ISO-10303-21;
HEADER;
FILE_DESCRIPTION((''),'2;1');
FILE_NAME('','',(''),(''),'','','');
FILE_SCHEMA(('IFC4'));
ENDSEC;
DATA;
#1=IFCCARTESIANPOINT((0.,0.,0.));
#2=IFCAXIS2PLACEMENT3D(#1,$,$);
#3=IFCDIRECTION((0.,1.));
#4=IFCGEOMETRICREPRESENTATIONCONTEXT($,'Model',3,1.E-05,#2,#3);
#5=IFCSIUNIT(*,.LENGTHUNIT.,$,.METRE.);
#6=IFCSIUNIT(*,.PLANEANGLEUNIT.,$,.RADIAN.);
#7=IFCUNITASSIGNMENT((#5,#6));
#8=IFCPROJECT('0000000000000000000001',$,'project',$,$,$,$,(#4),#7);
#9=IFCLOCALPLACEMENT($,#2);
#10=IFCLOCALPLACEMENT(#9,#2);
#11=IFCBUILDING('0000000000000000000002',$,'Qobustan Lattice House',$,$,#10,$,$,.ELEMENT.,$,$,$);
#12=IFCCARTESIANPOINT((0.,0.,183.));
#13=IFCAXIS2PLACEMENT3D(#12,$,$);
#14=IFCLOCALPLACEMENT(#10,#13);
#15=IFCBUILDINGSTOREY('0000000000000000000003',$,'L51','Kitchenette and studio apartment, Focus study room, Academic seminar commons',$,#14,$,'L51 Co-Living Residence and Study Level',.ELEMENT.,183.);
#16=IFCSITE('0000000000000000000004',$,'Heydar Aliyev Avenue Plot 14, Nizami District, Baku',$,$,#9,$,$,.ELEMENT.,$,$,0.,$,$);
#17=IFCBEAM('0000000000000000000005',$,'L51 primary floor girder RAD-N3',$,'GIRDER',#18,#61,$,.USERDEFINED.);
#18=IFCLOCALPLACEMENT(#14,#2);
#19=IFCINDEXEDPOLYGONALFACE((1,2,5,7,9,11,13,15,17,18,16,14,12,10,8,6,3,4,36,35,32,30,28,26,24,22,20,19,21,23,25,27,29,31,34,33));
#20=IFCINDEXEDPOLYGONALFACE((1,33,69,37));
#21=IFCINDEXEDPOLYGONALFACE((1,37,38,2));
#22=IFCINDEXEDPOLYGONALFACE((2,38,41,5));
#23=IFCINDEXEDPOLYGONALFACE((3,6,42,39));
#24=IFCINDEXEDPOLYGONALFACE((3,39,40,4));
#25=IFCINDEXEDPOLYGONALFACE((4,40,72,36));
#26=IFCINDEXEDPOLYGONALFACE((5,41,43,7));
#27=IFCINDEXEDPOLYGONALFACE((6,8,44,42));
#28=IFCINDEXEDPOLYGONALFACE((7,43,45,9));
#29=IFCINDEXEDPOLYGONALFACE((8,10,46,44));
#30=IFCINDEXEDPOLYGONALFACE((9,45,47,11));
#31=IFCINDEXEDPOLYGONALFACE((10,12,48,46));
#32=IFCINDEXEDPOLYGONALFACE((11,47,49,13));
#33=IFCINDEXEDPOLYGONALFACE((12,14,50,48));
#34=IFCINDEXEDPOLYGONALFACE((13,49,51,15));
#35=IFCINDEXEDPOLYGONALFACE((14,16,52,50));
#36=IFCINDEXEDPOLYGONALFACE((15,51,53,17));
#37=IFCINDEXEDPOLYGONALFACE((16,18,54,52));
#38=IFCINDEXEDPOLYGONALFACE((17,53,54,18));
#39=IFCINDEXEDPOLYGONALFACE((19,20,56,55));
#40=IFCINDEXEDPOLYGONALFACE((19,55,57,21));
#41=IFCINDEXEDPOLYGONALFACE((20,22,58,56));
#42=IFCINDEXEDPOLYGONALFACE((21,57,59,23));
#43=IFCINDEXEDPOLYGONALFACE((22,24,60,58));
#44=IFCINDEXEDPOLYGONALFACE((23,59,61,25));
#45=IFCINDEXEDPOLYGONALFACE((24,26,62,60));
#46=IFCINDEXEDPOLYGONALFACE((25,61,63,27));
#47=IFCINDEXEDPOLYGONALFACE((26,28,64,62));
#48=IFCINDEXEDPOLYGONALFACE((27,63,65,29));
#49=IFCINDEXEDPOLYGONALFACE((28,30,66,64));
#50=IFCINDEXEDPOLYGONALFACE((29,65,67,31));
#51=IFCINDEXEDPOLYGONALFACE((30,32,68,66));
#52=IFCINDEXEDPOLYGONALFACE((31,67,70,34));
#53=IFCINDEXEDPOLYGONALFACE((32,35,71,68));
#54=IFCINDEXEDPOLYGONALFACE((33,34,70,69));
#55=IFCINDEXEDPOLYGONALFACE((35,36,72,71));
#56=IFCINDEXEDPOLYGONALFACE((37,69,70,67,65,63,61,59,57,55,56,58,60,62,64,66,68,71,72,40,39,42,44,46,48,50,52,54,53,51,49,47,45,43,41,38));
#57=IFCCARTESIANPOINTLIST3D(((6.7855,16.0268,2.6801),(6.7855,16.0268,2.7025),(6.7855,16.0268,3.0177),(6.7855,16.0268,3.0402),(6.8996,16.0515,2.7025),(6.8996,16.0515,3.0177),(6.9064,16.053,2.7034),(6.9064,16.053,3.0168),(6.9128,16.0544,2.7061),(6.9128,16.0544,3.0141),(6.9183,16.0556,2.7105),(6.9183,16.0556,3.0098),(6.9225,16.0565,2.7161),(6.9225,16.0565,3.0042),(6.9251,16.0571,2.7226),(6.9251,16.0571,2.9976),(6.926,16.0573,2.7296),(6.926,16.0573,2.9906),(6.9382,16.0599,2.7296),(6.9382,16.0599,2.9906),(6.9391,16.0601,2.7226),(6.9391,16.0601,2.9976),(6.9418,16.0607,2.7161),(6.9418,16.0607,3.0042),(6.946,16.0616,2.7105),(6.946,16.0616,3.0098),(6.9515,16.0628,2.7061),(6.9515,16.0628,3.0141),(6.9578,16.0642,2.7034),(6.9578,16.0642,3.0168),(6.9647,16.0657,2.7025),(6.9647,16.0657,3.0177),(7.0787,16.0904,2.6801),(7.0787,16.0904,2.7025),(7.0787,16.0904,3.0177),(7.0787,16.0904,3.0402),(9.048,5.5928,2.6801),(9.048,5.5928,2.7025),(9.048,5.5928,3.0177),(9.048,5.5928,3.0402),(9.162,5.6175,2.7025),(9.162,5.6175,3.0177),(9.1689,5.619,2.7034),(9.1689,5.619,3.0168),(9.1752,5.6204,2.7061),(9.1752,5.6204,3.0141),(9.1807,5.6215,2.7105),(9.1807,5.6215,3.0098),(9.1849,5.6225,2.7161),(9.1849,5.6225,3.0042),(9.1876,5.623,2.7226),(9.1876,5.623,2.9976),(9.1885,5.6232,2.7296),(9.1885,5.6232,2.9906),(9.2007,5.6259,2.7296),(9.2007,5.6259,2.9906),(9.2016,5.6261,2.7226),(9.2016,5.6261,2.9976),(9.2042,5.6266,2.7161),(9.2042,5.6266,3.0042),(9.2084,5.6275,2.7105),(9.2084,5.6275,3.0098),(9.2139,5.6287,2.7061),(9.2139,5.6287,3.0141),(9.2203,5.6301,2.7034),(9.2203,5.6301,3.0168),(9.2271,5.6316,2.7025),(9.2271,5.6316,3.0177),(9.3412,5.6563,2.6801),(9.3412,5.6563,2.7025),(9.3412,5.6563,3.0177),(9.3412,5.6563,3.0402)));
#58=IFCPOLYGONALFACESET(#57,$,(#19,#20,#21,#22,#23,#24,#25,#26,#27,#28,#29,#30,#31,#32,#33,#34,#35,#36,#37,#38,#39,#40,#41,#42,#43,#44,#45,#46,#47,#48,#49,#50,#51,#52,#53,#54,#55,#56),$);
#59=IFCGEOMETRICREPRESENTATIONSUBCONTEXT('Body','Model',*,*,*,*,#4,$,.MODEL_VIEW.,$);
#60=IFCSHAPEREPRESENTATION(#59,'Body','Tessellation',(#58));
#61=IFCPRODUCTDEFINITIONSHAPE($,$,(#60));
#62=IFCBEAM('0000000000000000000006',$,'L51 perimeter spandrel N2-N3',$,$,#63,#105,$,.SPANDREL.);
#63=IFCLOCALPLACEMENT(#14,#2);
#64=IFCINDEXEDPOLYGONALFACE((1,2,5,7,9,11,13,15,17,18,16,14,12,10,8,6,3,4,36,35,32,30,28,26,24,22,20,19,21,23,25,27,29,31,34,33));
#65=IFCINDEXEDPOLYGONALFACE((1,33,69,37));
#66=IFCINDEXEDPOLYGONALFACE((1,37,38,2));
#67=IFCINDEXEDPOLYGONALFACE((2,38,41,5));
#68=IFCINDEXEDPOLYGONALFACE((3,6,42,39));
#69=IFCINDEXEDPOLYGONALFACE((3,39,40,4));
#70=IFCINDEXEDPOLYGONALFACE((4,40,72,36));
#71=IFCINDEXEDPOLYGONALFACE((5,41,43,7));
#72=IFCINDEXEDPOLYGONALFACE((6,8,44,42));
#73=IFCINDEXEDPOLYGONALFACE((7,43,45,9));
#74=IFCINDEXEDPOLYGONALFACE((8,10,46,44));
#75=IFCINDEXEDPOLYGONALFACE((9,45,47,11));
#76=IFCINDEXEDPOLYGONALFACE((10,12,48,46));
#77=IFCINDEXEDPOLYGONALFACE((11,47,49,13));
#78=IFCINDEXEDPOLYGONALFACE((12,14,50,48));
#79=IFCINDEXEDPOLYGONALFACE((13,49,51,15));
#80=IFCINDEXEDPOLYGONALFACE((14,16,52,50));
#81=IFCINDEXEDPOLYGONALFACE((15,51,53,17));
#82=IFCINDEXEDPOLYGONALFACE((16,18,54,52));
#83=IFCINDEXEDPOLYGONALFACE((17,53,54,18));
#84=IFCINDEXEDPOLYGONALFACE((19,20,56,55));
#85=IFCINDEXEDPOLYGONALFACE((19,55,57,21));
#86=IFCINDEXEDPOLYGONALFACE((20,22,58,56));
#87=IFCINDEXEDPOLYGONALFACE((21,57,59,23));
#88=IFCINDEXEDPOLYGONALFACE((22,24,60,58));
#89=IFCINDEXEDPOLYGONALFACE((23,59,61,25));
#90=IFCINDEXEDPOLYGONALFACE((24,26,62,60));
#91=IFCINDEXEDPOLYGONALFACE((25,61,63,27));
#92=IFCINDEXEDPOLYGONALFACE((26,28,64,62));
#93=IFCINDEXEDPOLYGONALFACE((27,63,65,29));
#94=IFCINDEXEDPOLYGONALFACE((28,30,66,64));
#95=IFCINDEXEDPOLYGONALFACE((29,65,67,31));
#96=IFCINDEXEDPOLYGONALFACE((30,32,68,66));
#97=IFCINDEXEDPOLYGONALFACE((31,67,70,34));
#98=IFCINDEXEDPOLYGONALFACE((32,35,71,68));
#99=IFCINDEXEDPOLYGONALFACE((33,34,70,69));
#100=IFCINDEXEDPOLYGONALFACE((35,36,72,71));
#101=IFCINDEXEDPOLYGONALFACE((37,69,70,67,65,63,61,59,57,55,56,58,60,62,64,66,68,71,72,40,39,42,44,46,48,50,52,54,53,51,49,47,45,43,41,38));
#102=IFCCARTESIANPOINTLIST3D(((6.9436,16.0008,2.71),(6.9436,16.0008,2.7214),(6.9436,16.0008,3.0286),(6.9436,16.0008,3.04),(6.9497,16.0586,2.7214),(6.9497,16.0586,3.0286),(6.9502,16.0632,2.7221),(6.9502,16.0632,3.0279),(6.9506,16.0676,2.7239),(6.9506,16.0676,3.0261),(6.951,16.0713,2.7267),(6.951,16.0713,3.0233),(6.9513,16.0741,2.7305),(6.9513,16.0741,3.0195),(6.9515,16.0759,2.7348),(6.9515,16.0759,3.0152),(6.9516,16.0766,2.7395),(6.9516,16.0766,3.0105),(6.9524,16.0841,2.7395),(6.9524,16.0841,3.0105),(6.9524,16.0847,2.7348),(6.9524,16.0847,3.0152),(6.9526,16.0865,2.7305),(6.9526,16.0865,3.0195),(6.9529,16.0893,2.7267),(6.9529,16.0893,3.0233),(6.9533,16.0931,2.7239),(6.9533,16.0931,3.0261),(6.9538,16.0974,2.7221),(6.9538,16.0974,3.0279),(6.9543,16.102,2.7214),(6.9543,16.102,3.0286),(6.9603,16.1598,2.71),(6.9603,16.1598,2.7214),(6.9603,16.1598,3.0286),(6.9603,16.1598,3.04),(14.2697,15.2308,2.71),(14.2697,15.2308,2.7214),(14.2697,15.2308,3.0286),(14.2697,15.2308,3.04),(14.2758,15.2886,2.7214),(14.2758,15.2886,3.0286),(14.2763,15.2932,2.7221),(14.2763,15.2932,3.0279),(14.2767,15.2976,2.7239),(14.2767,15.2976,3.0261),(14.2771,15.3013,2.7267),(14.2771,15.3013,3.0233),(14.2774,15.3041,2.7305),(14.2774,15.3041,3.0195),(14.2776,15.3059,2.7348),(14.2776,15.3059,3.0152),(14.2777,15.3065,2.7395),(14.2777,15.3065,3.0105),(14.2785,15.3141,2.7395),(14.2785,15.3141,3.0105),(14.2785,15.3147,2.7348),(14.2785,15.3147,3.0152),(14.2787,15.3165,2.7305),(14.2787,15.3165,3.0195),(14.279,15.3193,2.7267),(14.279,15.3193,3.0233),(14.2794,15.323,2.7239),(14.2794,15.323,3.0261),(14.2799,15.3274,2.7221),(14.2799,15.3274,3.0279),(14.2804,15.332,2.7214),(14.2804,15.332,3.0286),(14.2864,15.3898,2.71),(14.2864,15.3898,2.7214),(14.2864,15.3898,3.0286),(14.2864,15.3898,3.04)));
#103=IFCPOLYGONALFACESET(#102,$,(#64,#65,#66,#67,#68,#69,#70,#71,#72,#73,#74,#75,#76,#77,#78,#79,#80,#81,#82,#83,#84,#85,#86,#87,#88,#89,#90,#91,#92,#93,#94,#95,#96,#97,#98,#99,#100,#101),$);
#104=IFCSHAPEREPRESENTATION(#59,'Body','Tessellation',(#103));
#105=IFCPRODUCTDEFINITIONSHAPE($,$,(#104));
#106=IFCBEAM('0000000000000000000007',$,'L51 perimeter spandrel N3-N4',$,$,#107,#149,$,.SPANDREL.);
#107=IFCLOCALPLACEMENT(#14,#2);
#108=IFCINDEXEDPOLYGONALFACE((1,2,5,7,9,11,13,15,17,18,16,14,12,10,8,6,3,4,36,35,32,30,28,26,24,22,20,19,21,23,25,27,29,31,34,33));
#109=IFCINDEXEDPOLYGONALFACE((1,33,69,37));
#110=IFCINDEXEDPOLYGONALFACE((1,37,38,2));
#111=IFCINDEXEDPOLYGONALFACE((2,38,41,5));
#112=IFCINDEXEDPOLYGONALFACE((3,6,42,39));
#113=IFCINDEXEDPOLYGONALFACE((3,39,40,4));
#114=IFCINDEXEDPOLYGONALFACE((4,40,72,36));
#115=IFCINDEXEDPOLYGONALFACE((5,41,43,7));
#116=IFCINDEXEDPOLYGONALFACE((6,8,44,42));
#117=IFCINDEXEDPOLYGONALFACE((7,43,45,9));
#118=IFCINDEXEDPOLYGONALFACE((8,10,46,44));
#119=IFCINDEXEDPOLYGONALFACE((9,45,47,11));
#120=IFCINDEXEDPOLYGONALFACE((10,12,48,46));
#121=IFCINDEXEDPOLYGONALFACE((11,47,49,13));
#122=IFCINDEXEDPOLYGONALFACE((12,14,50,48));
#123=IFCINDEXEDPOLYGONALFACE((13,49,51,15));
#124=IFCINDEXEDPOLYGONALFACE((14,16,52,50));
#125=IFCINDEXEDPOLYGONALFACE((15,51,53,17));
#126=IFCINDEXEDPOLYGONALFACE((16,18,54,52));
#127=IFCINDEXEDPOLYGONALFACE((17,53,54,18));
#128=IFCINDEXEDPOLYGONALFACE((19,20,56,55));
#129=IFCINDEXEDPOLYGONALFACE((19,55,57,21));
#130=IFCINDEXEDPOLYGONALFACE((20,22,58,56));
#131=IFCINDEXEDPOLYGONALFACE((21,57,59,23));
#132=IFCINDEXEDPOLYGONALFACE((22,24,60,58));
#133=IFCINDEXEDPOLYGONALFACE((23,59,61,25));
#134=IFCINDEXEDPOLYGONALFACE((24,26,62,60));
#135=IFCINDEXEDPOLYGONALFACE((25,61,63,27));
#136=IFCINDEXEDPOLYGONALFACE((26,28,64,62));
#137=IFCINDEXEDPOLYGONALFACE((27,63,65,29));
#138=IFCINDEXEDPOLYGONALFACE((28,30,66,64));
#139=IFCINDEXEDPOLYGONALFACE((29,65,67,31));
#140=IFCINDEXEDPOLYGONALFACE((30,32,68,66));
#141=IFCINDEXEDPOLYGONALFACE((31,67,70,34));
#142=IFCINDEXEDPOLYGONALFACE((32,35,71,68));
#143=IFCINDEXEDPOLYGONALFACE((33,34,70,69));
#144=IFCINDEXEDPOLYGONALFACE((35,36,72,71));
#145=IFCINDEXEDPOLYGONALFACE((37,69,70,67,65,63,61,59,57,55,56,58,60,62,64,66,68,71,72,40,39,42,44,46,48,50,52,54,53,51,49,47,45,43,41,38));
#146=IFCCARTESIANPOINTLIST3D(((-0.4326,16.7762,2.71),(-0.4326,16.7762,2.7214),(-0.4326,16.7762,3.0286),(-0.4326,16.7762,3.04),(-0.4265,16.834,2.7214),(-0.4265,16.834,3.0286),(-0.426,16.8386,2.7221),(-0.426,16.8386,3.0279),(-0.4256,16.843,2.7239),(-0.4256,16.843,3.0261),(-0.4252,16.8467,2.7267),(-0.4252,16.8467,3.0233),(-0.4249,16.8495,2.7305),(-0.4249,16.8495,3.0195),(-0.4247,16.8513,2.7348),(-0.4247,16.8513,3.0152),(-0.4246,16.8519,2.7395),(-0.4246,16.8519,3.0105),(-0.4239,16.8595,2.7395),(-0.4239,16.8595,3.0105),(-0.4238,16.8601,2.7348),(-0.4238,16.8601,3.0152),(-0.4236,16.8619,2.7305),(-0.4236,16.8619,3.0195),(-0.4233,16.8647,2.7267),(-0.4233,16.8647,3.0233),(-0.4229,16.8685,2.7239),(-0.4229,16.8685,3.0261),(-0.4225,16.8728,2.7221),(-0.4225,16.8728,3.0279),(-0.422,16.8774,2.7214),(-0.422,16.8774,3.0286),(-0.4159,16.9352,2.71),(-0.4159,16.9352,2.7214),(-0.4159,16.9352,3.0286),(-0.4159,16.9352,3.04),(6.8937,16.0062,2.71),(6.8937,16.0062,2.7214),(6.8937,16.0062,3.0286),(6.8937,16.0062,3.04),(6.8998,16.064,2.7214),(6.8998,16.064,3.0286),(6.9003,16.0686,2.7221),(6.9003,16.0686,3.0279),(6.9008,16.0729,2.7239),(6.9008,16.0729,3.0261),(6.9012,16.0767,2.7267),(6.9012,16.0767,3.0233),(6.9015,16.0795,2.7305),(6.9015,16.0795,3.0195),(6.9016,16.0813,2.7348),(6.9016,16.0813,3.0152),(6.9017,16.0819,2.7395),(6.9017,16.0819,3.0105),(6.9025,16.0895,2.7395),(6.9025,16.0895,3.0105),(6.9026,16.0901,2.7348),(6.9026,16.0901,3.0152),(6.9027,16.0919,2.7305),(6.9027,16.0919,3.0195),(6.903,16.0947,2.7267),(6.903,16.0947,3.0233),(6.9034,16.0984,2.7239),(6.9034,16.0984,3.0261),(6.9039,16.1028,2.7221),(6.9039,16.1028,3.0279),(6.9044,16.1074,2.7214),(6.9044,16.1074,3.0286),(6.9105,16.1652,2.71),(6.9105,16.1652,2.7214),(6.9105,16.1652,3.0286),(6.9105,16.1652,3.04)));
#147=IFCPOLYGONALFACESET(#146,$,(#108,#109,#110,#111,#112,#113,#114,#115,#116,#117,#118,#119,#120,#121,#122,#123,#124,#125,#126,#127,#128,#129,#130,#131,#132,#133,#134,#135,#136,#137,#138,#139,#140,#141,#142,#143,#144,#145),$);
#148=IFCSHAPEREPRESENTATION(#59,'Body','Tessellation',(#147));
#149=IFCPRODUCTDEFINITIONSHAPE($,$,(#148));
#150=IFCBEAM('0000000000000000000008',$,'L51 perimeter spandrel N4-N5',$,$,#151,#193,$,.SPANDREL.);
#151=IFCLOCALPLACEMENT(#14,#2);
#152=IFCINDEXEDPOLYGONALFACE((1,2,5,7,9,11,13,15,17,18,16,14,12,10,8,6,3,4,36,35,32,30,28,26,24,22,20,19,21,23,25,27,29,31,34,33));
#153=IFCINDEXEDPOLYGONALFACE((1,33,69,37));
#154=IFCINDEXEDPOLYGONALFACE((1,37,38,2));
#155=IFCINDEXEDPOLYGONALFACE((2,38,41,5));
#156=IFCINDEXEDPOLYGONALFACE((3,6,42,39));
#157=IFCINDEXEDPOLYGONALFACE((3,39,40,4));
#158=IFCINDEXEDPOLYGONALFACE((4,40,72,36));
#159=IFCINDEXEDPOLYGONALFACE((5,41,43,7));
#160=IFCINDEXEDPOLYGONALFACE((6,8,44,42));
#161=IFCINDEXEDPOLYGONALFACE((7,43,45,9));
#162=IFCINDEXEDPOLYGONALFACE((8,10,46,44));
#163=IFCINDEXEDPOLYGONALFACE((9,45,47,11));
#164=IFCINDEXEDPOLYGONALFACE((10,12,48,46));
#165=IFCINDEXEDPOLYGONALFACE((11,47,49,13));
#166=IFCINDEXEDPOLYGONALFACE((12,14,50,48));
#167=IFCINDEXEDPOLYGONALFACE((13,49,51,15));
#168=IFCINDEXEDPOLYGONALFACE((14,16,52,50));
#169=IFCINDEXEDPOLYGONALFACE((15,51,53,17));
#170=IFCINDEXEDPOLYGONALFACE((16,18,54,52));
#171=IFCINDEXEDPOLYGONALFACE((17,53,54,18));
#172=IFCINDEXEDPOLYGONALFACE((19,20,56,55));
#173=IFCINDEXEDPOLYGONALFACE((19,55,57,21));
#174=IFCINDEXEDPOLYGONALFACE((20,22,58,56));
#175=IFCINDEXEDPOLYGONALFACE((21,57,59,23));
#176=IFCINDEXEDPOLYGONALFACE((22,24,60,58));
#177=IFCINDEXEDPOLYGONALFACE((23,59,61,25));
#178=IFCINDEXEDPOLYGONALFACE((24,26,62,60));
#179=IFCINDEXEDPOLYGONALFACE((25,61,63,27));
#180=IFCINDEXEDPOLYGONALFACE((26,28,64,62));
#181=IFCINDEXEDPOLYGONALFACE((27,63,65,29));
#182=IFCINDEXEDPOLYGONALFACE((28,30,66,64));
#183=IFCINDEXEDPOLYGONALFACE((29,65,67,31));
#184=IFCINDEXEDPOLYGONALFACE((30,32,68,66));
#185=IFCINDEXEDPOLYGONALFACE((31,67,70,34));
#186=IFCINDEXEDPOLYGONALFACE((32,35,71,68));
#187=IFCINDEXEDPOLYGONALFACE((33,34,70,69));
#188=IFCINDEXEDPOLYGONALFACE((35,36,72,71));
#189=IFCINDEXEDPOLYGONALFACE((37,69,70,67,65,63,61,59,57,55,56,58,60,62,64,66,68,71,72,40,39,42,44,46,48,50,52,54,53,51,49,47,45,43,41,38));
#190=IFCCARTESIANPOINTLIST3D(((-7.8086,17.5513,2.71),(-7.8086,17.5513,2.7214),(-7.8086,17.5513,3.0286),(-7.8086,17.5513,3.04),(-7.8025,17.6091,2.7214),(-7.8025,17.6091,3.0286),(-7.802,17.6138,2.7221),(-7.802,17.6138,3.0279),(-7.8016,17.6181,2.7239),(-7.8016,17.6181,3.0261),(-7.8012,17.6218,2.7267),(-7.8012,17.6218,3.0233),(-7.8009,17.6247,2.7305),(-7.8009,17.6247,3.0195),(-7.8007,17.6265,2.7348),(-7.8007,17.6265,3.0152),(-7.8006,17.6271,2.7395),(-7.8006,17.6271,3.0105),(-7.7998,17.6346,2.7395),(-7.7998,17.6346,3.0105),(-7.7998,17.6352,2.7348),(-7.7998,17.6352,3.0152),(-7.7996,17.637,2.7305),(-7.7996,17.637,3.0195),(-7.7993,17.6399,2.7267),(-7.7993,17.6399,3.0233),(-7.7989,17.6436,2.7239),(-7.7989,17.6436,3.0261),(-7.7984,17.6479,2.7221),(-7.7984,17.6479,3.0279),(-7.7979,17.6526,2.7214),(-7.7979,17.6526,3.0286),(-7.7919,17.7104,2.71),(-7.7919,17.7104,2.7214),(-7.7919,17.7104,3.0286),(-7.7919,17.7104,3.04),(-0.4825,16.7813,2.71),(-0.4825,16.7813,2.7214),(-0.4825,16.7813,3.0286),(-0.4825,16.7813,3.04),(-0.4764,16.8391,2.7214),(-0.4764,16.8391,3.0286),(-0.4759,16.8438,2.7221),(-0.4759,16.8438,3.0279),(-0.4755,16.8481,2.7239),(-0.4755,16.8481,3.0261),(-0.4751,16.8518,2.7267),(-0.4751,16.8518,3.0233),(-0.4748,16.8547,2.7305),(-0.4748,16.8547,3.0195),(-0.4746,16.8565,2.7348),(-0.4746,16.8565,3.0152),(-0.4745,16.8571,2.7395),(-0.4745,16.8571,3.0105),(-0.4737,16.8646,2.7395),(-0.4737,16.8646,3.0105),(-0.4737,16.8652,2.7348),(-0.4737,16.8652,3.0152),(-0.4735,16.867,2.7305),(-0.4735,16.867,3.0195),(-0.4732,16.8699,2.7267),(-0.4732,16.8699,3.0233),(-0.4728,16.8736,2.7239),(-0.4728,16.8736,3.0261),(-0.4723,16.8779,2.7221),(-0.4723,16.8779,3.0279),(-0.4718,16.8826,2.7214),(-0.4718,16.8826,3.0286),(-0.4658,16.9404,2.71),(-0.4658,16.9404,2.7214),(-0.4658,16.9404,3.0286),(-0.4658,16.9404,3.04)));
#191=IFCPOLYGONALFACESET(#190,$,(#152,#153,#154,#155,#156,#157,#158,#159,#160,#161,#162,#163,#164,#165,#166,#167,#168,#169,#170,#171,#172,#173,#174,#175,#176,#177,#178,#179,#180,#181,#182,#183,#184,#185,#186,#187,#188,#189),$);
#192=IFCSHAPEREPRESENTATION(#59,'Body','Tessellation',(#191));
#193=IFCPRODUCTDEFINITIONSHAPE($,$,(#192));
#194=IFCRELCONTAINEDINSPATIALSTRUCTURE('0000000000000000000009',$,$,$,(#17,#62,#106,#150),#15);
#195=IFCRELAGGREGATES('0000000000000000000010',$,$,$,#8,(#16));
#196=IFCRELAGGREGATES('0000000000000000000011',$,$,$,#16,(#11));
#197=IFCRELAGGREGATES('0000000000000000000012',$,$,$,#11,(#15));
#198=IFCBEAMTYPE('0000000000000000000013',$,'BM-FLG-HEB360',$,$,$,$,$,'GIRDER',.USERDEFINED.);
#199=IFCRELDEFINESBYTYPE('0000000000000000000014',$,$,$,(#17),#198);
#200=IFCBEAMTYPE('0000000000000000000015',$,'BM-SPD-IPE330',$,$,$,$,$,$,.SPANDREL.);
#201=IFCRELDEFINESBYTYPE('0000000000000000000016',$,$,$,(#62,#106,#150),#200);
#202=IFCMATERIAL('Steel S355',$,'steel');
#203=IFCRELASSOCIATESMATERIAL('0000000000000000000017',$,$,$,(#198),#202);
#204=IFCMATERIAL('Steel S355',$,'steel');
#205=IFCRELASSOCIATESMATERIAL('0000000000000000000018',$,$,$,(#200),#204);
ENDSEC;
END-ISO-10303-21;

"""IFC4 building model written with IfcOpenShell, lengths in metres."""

from ifc_helpers import new_model, si_unit, direction, frame, origin, origin_2d, place, context, subcontext, project, spatial, i_section, extrude, material, material_profile, profile_set, type_object, element, save


model = new_model("IFC4")

# Units and contexts
model_context = context("Model", 3, precision=1e-05, world=origin(), true_north=direction((0.0, 1.0)))
body_context = subcontext(model_context, "Body", "Model", "MODEL_VIEW")
ifc_project = project(units=[si_unit("LENGTHUNIT", "METRE"), si_unit("PLANEANGLEUNIT", "RADIAN")], contexts=[model_context])

# Site, building, storey
site_placement = place(None, origin())
site = spatial("IfcSite", under=ifc_project, at=site_placement, Name="Heydar Aliyev Avenue Plot 14, Nizami District, Baku", CompositionType="ELEMENT", RefElevation=0.0)
building_placement = place(site_placement, origin())
building = spatial("IfcBuilding", under=site, at=building_placement, Name="Qobustan Lattice House", CompositionType="ELEMENT")
storey_placement = place(building_placement, frame((0.0, 0.0, 183.0)))
storey = spatial("IfcBuildingStorey", under=building, at=storey_placement, Name="L51", Description="Kitchenette and studio apartment, Focus study room, Academic seminar commons", LongName="L51 Co-Living Residence and Study Level", CompositionType="ELEMENT", Elevation=183.0)

# Beams
ifc_material_1 = material(Name="Steel S355", Category="steel")
ifc_material_profile_1 = material_profile(ifc_material_1, i_section(OverallWidth=0.3, OverallDepth=0.3601, WebThickness=0.0125, FlangeThickness=0.0225, FilletRadius=0.0271, at=origin_2d()), Name="HEB360")
ifc_profile_set_1 = profile_set([ifc_material_profile_1], Name="Steel S355")
beam_type_1 = type_object("IfcBeamType", Name="BM-FLG-HEB360", ElementType="GIRDER", PredefinedType="USERDEFINED", material=ifc_profile_set_1)
beam_1_placement = place(storey_placement, frame((6.9321, 16.0586, 2.8601), z_axis=(0.211908, -0.97729, 0.0), x_axis=(0.97729, 0.211908, 0.0)))
element("IfcBeam", 1, at=beam_1_placement, inside=storey, type_object=beam_type_1, Name="L51 primary floor girder RAD-N3", ObjectType="GIRDER", PredefinedType="USERDEFINED", context=body_context, shape_type="SweptSolid", body=[
    extrude(i_section(OverallWidth=0.3, OverallDepth=0.3601, WebThickness=0.0125, FlangeThickness=0.0225, FilletRadius=0.0271, at=origin_2d()), origin(), (0.0, 0.0, 1.0), 10.6765),
])
ifc_material_2 = material(Name="Steel S355", Category="steel")
ifc_material_profile_2 = material_profile(ifc_material_2, i_section(OverallWidth=0.1599, OverallDepth=0.3301, WebThickness=0.0076, FlangeThickness=0.0115, FilletRadius=0.0181, at=origin_2d()), Name="IPE330")
ifc_profile_set_2 = profile_set([ifc_material_profile_2], Name="Steel S355")
beam_type_2 = type_object("IfcBeamType", Name="BM-SPD-IPE330", PredefinedType="SPANDREL", material=ifc_profile_set_2)
beam_2_placement = place(storey_placement, frame((14.2781, 15.3103, 2.875), z_axis=(-0.994522, 0.10453, 0.0), x_axis=(-0.10453, -0.994522, 0.0)))
element("IfcBeam", 2, at=beam_2_placement, inside=storey, type_object=beam_type_2, Name="L51 perimeter spandrel N2-N3", PredefinedType="SPANDREL", context=body_context, shape_type="SweptSolid", body=[
    extrude(i_section(OverallWidth=0.1599, OverallDepth=0.3301, WebThickness=0.0076, FlangeThickness=0.0115, FilletRadius=0.0181, at=origin_2d()), origin(), (0.0, 0.0, 1.0), 7.3665),
])
beam_3_placement = place(storey_placement, frame((6.9021, 16.0857, 2.875), z_axis=(-0.994522, 0.104526, 0.0), x_axis=(-0.104526, -0.994522, 0.0)))
element("IfcBeam", 3, at=beam_3_placement, inside=storey, type_object=beam_type_2, Name="L51 perimeter spandrel N3-N4", PredefinedType="SPANDREL", context=body_context, shape_type="SweptSolid", body=[
    extrude(i_section(OverallWidth=0.1599, OverallDepth=0.3301, WebThickness=0.0076, FlangeThickness=0.0115, FilletRadius=0.0181, at=origin_2d()), origin(), (0.0, 0.0, 1.0), 7.3667),
])
beam_4_placement = place(storey_placement, frame((-0.4741, 16.8608, 2.875), z_axis=(-0.994522, 0.10453, 0.0), x_axis=(-0.10453, -0.994522, 0.0)))
element("IfcBeam", 4, at=beam_4_placement, inside=storey, type_object=beam_type_2, Name="L51 perimeter spandrel N4-N5", PredefinedType="SPANDREL", context=body_context, shape_type="SweptSolid", body=[
    extrude(i_section(OverallWidth=0.1599, OverallDepth=0.3301, WebThickness=0.0076, FlangeThickness=0.0115, FilletRadius=0.0181, at=origin_2d()), origin(), (0.0, 0.0, 1.0), 7.3665),
])

save(model, "model.ifc")
